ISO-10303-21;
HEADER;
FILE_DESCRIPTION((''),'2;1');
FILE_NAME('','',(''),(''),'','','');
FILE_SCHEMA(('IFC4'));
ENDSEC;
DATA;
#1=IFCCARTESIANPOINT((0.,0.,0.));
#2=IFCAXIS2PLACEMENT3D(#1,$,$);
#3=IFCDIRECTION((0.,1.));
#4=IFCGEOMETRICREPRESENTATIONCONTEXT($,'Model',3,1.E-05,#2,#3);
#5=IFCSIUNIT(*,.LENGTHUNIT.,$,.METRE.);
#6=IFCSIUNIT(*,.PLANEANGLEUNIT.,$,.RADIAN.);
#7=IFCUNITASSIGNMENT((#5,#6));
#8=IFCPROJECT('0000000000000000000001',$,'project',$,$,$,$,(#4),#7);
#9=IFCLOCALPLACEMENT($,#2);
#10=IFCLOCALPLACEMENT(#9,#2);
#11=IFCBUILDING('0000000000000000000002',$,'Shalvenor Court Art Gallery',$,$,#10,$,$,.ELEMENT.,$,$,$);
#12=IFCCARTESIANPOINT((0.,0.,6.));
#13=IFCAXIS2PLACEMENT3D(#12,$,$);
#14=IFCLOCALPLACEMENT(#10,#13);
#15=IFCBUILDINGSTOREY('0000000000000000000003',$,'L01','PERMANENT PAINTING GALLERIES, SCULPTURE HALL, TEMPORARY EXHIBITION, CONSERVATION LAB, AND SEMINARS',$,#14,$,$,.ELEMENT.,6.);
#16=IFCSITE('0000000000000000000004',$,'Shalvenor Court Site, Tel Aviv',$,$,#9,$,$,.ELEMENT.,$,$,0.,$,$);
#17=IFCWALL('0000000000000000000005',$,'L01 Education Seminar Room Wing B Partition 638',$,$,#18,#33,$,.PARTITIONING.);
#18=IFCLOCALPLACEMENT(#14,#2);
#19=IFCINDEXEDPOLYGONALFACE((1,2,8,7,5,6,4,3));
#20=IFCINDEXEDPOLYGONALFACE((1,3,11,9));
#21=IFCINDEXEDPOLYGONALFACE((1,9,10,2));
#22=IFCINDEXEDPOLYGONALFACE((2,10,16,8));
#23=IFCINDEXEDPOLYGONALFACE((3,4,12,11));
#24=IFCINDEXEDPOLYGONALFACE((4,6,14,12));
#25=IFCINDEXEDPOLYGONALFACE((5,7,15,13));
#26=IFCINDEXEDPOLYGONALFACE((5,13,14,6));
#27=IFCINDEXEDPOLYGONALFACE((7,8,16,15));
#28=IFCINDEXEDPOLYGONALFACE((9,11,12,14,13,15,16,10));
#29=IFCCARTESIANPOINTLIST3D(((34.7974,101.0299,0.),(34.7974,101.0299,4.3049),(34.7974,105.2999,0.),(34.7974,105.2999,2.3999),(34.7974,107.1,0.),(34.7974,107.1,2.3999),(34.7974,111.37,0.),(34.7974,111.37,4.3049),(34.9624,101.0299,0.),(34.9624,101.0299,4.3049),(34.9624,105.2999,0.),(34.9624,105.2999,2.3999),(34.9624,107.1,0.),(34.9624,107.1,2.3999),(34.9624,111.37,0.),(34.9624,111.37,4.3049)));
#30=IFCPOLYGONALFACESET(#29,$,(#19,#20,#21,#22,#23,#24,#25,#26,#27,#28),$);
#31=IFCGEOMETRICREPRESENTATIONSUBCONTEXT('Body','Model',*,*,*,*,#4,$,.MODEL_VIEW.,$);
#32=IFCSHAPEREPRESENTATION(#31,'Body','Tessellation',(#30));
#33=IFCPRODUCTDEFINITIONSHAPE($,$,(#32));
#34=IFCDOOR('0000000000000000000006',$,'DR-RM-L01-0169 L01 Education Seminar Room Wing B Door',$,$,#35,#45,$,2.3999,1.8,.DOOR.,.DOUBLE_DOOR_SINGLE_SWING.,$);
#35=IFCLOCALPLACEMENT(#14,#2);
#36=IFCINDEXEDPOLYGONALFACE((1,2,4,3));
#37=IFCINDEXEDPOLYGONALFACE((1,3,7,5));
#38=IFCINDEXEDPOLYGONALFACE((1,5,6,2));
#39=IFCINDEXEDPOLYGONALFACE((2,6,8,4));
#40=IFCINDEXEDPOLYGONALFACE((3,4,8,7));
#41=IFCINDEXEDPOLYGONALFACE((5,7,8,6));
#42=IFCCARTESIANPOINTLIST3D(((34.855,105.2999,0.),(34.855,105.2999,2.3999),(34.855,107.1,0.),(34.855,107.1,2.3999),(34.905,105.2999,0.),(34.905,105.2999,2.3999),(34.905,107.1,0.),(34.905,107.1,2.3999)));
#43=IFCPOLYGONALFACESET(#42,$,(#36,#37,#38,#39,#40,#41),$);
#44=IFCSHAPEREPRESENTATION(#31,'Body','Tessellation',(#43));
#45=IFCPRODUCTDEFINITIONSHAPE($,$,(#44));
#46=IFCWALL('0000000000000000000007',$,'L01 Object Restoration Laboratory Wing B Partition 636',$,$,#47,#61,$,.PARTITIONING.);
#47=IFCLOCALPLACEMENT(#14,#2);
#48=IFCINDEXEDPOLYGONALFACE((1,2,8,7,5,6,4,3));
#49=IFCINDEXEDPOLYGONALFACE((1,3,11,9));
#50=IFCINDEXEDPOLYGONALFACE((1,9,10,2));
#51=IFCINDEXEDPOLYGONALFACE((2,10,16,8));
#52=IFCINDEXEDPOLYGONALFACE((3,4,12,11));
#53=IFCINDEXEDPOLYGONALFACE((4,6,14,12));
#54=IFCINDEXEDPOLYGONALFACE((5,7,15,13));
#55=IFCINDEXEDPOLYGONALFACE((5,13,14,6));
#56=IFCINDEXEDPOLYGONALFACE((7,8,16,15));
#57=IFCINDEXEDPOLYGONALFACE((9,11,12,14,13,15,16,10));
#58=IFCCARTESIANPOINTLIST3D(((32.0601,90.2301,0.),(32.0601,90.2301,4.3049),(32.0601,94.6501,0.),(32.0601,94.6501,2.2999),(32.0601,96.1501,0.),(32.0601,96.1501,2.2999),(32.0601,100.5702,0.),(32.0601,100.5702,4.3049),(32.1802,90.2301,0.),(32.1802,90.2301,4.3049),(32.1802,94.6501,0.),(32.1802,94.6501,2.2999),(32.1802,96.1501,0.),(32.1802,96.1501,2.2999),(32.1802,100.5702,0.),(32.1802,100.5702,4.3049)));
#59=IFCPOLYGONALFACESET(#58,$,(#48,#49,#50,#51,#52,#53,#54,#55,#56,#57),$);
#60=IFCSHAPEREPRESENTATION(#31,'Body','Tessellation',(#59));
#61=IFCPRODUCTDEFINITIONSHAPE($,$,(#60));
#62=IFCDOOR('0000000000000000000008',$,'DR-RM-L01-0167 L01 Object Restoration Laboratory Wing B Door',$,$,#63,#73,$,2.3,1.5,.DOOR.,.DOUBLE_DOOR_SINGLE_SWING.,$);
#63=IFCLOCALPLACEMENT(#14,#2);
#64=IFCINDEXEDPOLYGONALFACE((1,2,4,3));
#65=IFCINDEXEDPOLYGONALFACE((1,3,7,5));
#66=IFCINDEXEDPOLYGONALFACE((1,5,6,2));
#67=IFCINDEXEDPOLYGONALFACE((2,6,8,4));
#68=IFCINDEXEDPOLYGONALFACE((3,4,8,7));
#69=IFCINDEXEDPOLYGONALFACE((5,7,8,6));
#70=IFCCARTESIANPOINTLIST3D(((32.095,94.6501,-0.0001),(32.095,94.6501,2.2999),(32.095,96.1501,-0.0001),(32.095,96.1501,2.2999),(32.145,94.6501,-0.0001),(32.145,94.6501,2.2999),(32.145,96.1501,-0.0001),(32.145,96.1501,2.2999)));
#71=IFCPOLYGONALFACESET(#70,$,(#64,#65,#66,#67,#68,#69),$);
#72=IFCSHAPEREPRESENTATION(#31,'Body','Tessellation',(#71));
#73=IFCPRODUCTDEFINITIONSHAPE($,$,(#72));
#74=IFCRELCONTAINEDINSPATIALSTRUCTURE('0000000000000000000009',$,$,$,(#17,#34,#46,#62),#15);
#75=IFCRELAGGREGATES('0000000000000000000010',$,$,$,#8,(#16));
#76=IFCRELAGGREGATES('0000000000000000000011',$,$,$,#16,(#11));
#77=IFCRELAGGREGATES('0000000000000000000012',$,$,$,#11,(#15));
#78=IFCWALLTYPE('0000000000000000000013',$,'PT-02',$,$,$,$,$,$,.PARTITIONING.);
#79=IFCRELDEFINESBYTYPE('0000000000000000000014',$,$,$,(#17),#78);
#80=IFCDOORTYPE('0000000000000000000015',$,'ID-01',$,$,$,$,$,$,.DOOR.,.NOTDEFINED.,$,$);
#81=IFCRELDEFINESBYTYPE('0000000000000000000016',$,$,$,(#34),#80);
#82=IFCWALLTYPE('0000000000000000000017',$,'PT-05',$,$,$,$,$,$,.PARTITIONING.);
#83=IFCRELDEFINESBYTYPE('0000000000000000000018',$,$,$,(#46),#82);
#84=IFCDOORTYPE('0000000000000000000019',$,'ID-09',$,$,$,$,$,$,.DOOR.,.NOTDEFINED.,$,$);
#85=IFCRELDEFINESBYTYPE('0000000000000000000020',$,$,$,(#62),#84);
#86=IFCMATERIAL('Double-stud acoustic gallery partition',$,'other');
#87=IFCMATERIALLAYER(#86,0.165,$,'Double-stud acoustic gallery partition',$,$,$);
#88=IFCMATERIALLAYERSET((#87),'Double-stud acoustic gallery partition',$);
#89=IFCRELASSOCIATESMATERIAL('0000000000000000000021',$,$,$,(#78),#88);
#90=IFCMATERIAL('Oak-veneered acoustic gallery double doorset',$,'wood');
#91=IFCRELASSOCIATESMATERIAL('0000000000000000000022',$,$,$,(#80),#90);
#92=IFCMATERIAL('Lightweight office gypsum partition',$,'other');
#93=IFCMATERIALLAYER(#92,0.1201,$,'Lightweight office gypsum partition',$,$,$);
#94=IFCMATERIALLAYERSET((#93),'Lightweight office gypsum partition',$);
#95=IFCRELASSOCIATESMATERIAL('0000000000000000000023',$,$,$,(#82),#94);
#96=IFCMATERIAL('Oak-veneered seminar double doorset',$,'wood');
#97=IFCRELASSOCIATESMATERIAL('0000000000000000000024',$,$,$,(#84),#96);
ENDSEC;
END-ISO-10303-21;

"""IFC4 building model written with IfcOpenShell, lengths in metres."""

from ifc_helpers import new_model, si_unit, direction, frame, frame_2d, origin, place, context, subcontext, project, spatial, rectangle, extrude, material, layer, layer_set, type_object, element, fill, save


model = new_model("IFC4")

# Units and contexts
model_context = context("Model", 3, precision=1e-05, world=origin(), true_north=direction((0.0, 1.0)))
body_context = subcontext(model_context, "Body", "Model", "MODEL_VIEW")
ifc_project = project(units=[si_unit("LENGTHUNIT", "METRE"), si_unit("PLANEANGLEUNIT", "RADIAN")], contexts=[model_context])

# Site, building, storey
site_placement = place(None, origin())
site = spatial("IfcSite", under=ifc_project, at=site_placement, Name="Shalvenor Court Site, Tel Aviv", CompositionType="ELEMENT", RefElevation=0.0)
building_placement = place(site_placement, origin())
building = spatial("IfcBuilding", under=site, at=building_placement, Name="Shalvenor Court Art Gallery", CompositionType="ELEMENT")
storey_placement = place(building_placement, frame((0.0, 0.0, 6.0)))
storey = spatial("IfcBuildingStorey", under=building, at=storey_placement, Name="L01", Description="PERMANENT PAINTING GALLERIES, SCULPTURE HALL, TEMPORARY EXHIBITION, CONSERVATION LAB, AND SEMINARS", CompositionType="ELEMENT", Elevation=6.0)

# Walls, openings, doors
ifc_material_1 = material(Name="Double-stud acoustic gallery partition", Category="other")
ifc_layer_1 = layer(ifc_material_1, 0.165, Name="Double-stud acoustic gallery partition")
ifc_layer_set_1 = layer_set([ifc_layer_1], Name="Double-stud acoustic gallery partition")
wall_type_1 = type_object("IfcWallType", Name="PT-02", PredefinedType="PARTITIONING", material=ifc_layer_set_1)
wall_1_placement = place(storey_placement, frame((34.8799, 101.03, 0.0), z_axis=(0.0, 0.0, 1.0), x_axis=(0.0, 1.0, 0.0)))
wall_1 = element("IfcWall", 1, at=wall_1_placement, inside=storey, type_object=wall_type_1, Name="L01 Education Seminar Room Wing B Partition 638", PredefinedType="PARTITIONING", context=body_context, shape_type="SweptSolid", body=[
    extrude(rectangle(XDim=10.3401, YDim=0.165, at=frame_2d((5.1699, 0.0))), origin(), (0.0, 0.0, 1.0), 4.3049),
])
opening_1_placement = place(wall_1_placement, frame((4.27, 0.0, 0.0)))
opening_1 = element("IfcOpeningElement", 2, at=opening_1_placement, cuts=wall_1, PredefinedType="OPENING", context=body_context, shape_type="SweptSolid", body=[
    extrude(rectangle(XDim=1.8, YDim=2.3999, at=frame_2d((0.8999, 1.2))), frame((0.0, 0.0925, 0.0), z_axis=(0.0, -1.0, 0.0), x_axis=(1.0, 0.0, 0.0)), (0.0, 0.0, 1.0), 0.1851),
])
ifc_material_2 = material(Name="Oak-veneered acoustic gallery double doorset", Category="wood")
door_type_1 = type_object("IfcDoorType", Name="ID-01", OperationType="NOTDEFINED", PredefinedType="DOOR", material=ifc_material_2)
door_1_placement = place(opening_1_placement, origin())
door_1 = element("IfcDoor", 3, at=door_1_placement, inside=storey, type_object=door_type_1, Name="DR-RM-L01-0169 L01 Education Seminar Room Wing B Door", OperationType="DOUBLE_DOOR_SINGLE_SWING", OverallHeight=2.3999, OverallWidth=1.8, PredefinedType="DOOR", context=body_context, shape_type="SweptSolid", body=[
    extrude(rectangle(XDim=1.8, YDim=2.3999, at=frame_2d((0.8999, 1.2))), frame((0.0, 0.0249, 0.0), z_axis=(0.0, -1.0, 0.0), x_axis=(1.0, 0.0, 0.0)), (0.0, 0.0, 1.0), 0.05),
])
fill(opening_1, door_1)
ifc_material_3 = material(Name="Lightweight office gypsum partition", Category="other")
ifc_layer_2 = layer(ifc_material_3, 0.1201, Name="Lightweight office gypsum partition")
ifc_layer_set_2 = layer_set([ifc_layer_2], Name="Lightweight office gypsum partition")
wall_type_2 = type_object("IfcWallType", Name="PT-05", PredefinedType="PARTITIONING", material=ifc_layer_set_2)
wall_2_placement = place(storey_placement, frame((32.1201, 100.5701, 0.0), z_axis=(0.0, 0.0, 1.0), x_axis=(0.0, -1.0, 0.0)))
wall_2 = element("IfcWall", 4, at=wall_2_placement, inside=storey, type_object=wall_type_2, Name="L01 Object Restoration Laboratory Wing B Partition 636", PredefinedType="PARTITIONING", context=body_context, shape_type="SweptSolid", body=[
    extrude(rectangle(XDim=10.3401, YDim=0.1201, at=frame_2d((5.1699, 0.0))), origin(), (0.0, 0.0, 1.0), 4.3049),
])
opening_2_placement = place(wall_2_placement, frame((4.4199, 0.0, 0.0)))
opening_2 = element("IfcOpeningElement", 5, at=opening_2_placement, cuts=wall_2, PredefinedType="OPENING", context=body_context, shape_type="SweptSolid", body=[
    extrude(rectangle(XDim=1.5, YDim=2.3, at=frame_2d((0.75, 1.1499))), frame((0.0, 0.0701, 0.0), z_axis=(0.0, -1.0, 0.0), x_axis=(1.0, 0.0, 0.0)), (0.0, 0.0, 1.0), 0.1401),
])
ifc_material_4 = material(Name="Oak-veneered seminar double doorset", Category="wood")
door_type_2 = type_object("IfcDoorType", Name="ID-09", OperationType="NOTDEFINED", PredefinedType="DOOR", material=ifc_material_4)
door_2_placement = place(opening_2_placement, origin())
door_2 = element("IfcDoor", 6, at=door_2_placement, inside=storey, type_object=door_type_2, Name="DR-RM-L01-0167 L01 Object Restoration Laboratory Wing B Door", OperationType="DOUBLE_DOOR_SINGLE_SWING", OverallHeight=2.3, OverallWidth=1.5, PredefinedType="DOOR", context=body_context, shape_type="SweptSolid", body=[
    extrude(rectangle(XDim=1.5, YDim=2.3, at=frame_2d((0.75, 1.1499))), frame((0.0, 0.0249, 0.0), z_axis=(0.0, -1.0, 0.0), x_axis=(1.0, 0.0, 0.0)), (0.0, 0.0, 1.0), 0.05),
])
fill(opening_2, door_2)

save(model, "model.ifc")
